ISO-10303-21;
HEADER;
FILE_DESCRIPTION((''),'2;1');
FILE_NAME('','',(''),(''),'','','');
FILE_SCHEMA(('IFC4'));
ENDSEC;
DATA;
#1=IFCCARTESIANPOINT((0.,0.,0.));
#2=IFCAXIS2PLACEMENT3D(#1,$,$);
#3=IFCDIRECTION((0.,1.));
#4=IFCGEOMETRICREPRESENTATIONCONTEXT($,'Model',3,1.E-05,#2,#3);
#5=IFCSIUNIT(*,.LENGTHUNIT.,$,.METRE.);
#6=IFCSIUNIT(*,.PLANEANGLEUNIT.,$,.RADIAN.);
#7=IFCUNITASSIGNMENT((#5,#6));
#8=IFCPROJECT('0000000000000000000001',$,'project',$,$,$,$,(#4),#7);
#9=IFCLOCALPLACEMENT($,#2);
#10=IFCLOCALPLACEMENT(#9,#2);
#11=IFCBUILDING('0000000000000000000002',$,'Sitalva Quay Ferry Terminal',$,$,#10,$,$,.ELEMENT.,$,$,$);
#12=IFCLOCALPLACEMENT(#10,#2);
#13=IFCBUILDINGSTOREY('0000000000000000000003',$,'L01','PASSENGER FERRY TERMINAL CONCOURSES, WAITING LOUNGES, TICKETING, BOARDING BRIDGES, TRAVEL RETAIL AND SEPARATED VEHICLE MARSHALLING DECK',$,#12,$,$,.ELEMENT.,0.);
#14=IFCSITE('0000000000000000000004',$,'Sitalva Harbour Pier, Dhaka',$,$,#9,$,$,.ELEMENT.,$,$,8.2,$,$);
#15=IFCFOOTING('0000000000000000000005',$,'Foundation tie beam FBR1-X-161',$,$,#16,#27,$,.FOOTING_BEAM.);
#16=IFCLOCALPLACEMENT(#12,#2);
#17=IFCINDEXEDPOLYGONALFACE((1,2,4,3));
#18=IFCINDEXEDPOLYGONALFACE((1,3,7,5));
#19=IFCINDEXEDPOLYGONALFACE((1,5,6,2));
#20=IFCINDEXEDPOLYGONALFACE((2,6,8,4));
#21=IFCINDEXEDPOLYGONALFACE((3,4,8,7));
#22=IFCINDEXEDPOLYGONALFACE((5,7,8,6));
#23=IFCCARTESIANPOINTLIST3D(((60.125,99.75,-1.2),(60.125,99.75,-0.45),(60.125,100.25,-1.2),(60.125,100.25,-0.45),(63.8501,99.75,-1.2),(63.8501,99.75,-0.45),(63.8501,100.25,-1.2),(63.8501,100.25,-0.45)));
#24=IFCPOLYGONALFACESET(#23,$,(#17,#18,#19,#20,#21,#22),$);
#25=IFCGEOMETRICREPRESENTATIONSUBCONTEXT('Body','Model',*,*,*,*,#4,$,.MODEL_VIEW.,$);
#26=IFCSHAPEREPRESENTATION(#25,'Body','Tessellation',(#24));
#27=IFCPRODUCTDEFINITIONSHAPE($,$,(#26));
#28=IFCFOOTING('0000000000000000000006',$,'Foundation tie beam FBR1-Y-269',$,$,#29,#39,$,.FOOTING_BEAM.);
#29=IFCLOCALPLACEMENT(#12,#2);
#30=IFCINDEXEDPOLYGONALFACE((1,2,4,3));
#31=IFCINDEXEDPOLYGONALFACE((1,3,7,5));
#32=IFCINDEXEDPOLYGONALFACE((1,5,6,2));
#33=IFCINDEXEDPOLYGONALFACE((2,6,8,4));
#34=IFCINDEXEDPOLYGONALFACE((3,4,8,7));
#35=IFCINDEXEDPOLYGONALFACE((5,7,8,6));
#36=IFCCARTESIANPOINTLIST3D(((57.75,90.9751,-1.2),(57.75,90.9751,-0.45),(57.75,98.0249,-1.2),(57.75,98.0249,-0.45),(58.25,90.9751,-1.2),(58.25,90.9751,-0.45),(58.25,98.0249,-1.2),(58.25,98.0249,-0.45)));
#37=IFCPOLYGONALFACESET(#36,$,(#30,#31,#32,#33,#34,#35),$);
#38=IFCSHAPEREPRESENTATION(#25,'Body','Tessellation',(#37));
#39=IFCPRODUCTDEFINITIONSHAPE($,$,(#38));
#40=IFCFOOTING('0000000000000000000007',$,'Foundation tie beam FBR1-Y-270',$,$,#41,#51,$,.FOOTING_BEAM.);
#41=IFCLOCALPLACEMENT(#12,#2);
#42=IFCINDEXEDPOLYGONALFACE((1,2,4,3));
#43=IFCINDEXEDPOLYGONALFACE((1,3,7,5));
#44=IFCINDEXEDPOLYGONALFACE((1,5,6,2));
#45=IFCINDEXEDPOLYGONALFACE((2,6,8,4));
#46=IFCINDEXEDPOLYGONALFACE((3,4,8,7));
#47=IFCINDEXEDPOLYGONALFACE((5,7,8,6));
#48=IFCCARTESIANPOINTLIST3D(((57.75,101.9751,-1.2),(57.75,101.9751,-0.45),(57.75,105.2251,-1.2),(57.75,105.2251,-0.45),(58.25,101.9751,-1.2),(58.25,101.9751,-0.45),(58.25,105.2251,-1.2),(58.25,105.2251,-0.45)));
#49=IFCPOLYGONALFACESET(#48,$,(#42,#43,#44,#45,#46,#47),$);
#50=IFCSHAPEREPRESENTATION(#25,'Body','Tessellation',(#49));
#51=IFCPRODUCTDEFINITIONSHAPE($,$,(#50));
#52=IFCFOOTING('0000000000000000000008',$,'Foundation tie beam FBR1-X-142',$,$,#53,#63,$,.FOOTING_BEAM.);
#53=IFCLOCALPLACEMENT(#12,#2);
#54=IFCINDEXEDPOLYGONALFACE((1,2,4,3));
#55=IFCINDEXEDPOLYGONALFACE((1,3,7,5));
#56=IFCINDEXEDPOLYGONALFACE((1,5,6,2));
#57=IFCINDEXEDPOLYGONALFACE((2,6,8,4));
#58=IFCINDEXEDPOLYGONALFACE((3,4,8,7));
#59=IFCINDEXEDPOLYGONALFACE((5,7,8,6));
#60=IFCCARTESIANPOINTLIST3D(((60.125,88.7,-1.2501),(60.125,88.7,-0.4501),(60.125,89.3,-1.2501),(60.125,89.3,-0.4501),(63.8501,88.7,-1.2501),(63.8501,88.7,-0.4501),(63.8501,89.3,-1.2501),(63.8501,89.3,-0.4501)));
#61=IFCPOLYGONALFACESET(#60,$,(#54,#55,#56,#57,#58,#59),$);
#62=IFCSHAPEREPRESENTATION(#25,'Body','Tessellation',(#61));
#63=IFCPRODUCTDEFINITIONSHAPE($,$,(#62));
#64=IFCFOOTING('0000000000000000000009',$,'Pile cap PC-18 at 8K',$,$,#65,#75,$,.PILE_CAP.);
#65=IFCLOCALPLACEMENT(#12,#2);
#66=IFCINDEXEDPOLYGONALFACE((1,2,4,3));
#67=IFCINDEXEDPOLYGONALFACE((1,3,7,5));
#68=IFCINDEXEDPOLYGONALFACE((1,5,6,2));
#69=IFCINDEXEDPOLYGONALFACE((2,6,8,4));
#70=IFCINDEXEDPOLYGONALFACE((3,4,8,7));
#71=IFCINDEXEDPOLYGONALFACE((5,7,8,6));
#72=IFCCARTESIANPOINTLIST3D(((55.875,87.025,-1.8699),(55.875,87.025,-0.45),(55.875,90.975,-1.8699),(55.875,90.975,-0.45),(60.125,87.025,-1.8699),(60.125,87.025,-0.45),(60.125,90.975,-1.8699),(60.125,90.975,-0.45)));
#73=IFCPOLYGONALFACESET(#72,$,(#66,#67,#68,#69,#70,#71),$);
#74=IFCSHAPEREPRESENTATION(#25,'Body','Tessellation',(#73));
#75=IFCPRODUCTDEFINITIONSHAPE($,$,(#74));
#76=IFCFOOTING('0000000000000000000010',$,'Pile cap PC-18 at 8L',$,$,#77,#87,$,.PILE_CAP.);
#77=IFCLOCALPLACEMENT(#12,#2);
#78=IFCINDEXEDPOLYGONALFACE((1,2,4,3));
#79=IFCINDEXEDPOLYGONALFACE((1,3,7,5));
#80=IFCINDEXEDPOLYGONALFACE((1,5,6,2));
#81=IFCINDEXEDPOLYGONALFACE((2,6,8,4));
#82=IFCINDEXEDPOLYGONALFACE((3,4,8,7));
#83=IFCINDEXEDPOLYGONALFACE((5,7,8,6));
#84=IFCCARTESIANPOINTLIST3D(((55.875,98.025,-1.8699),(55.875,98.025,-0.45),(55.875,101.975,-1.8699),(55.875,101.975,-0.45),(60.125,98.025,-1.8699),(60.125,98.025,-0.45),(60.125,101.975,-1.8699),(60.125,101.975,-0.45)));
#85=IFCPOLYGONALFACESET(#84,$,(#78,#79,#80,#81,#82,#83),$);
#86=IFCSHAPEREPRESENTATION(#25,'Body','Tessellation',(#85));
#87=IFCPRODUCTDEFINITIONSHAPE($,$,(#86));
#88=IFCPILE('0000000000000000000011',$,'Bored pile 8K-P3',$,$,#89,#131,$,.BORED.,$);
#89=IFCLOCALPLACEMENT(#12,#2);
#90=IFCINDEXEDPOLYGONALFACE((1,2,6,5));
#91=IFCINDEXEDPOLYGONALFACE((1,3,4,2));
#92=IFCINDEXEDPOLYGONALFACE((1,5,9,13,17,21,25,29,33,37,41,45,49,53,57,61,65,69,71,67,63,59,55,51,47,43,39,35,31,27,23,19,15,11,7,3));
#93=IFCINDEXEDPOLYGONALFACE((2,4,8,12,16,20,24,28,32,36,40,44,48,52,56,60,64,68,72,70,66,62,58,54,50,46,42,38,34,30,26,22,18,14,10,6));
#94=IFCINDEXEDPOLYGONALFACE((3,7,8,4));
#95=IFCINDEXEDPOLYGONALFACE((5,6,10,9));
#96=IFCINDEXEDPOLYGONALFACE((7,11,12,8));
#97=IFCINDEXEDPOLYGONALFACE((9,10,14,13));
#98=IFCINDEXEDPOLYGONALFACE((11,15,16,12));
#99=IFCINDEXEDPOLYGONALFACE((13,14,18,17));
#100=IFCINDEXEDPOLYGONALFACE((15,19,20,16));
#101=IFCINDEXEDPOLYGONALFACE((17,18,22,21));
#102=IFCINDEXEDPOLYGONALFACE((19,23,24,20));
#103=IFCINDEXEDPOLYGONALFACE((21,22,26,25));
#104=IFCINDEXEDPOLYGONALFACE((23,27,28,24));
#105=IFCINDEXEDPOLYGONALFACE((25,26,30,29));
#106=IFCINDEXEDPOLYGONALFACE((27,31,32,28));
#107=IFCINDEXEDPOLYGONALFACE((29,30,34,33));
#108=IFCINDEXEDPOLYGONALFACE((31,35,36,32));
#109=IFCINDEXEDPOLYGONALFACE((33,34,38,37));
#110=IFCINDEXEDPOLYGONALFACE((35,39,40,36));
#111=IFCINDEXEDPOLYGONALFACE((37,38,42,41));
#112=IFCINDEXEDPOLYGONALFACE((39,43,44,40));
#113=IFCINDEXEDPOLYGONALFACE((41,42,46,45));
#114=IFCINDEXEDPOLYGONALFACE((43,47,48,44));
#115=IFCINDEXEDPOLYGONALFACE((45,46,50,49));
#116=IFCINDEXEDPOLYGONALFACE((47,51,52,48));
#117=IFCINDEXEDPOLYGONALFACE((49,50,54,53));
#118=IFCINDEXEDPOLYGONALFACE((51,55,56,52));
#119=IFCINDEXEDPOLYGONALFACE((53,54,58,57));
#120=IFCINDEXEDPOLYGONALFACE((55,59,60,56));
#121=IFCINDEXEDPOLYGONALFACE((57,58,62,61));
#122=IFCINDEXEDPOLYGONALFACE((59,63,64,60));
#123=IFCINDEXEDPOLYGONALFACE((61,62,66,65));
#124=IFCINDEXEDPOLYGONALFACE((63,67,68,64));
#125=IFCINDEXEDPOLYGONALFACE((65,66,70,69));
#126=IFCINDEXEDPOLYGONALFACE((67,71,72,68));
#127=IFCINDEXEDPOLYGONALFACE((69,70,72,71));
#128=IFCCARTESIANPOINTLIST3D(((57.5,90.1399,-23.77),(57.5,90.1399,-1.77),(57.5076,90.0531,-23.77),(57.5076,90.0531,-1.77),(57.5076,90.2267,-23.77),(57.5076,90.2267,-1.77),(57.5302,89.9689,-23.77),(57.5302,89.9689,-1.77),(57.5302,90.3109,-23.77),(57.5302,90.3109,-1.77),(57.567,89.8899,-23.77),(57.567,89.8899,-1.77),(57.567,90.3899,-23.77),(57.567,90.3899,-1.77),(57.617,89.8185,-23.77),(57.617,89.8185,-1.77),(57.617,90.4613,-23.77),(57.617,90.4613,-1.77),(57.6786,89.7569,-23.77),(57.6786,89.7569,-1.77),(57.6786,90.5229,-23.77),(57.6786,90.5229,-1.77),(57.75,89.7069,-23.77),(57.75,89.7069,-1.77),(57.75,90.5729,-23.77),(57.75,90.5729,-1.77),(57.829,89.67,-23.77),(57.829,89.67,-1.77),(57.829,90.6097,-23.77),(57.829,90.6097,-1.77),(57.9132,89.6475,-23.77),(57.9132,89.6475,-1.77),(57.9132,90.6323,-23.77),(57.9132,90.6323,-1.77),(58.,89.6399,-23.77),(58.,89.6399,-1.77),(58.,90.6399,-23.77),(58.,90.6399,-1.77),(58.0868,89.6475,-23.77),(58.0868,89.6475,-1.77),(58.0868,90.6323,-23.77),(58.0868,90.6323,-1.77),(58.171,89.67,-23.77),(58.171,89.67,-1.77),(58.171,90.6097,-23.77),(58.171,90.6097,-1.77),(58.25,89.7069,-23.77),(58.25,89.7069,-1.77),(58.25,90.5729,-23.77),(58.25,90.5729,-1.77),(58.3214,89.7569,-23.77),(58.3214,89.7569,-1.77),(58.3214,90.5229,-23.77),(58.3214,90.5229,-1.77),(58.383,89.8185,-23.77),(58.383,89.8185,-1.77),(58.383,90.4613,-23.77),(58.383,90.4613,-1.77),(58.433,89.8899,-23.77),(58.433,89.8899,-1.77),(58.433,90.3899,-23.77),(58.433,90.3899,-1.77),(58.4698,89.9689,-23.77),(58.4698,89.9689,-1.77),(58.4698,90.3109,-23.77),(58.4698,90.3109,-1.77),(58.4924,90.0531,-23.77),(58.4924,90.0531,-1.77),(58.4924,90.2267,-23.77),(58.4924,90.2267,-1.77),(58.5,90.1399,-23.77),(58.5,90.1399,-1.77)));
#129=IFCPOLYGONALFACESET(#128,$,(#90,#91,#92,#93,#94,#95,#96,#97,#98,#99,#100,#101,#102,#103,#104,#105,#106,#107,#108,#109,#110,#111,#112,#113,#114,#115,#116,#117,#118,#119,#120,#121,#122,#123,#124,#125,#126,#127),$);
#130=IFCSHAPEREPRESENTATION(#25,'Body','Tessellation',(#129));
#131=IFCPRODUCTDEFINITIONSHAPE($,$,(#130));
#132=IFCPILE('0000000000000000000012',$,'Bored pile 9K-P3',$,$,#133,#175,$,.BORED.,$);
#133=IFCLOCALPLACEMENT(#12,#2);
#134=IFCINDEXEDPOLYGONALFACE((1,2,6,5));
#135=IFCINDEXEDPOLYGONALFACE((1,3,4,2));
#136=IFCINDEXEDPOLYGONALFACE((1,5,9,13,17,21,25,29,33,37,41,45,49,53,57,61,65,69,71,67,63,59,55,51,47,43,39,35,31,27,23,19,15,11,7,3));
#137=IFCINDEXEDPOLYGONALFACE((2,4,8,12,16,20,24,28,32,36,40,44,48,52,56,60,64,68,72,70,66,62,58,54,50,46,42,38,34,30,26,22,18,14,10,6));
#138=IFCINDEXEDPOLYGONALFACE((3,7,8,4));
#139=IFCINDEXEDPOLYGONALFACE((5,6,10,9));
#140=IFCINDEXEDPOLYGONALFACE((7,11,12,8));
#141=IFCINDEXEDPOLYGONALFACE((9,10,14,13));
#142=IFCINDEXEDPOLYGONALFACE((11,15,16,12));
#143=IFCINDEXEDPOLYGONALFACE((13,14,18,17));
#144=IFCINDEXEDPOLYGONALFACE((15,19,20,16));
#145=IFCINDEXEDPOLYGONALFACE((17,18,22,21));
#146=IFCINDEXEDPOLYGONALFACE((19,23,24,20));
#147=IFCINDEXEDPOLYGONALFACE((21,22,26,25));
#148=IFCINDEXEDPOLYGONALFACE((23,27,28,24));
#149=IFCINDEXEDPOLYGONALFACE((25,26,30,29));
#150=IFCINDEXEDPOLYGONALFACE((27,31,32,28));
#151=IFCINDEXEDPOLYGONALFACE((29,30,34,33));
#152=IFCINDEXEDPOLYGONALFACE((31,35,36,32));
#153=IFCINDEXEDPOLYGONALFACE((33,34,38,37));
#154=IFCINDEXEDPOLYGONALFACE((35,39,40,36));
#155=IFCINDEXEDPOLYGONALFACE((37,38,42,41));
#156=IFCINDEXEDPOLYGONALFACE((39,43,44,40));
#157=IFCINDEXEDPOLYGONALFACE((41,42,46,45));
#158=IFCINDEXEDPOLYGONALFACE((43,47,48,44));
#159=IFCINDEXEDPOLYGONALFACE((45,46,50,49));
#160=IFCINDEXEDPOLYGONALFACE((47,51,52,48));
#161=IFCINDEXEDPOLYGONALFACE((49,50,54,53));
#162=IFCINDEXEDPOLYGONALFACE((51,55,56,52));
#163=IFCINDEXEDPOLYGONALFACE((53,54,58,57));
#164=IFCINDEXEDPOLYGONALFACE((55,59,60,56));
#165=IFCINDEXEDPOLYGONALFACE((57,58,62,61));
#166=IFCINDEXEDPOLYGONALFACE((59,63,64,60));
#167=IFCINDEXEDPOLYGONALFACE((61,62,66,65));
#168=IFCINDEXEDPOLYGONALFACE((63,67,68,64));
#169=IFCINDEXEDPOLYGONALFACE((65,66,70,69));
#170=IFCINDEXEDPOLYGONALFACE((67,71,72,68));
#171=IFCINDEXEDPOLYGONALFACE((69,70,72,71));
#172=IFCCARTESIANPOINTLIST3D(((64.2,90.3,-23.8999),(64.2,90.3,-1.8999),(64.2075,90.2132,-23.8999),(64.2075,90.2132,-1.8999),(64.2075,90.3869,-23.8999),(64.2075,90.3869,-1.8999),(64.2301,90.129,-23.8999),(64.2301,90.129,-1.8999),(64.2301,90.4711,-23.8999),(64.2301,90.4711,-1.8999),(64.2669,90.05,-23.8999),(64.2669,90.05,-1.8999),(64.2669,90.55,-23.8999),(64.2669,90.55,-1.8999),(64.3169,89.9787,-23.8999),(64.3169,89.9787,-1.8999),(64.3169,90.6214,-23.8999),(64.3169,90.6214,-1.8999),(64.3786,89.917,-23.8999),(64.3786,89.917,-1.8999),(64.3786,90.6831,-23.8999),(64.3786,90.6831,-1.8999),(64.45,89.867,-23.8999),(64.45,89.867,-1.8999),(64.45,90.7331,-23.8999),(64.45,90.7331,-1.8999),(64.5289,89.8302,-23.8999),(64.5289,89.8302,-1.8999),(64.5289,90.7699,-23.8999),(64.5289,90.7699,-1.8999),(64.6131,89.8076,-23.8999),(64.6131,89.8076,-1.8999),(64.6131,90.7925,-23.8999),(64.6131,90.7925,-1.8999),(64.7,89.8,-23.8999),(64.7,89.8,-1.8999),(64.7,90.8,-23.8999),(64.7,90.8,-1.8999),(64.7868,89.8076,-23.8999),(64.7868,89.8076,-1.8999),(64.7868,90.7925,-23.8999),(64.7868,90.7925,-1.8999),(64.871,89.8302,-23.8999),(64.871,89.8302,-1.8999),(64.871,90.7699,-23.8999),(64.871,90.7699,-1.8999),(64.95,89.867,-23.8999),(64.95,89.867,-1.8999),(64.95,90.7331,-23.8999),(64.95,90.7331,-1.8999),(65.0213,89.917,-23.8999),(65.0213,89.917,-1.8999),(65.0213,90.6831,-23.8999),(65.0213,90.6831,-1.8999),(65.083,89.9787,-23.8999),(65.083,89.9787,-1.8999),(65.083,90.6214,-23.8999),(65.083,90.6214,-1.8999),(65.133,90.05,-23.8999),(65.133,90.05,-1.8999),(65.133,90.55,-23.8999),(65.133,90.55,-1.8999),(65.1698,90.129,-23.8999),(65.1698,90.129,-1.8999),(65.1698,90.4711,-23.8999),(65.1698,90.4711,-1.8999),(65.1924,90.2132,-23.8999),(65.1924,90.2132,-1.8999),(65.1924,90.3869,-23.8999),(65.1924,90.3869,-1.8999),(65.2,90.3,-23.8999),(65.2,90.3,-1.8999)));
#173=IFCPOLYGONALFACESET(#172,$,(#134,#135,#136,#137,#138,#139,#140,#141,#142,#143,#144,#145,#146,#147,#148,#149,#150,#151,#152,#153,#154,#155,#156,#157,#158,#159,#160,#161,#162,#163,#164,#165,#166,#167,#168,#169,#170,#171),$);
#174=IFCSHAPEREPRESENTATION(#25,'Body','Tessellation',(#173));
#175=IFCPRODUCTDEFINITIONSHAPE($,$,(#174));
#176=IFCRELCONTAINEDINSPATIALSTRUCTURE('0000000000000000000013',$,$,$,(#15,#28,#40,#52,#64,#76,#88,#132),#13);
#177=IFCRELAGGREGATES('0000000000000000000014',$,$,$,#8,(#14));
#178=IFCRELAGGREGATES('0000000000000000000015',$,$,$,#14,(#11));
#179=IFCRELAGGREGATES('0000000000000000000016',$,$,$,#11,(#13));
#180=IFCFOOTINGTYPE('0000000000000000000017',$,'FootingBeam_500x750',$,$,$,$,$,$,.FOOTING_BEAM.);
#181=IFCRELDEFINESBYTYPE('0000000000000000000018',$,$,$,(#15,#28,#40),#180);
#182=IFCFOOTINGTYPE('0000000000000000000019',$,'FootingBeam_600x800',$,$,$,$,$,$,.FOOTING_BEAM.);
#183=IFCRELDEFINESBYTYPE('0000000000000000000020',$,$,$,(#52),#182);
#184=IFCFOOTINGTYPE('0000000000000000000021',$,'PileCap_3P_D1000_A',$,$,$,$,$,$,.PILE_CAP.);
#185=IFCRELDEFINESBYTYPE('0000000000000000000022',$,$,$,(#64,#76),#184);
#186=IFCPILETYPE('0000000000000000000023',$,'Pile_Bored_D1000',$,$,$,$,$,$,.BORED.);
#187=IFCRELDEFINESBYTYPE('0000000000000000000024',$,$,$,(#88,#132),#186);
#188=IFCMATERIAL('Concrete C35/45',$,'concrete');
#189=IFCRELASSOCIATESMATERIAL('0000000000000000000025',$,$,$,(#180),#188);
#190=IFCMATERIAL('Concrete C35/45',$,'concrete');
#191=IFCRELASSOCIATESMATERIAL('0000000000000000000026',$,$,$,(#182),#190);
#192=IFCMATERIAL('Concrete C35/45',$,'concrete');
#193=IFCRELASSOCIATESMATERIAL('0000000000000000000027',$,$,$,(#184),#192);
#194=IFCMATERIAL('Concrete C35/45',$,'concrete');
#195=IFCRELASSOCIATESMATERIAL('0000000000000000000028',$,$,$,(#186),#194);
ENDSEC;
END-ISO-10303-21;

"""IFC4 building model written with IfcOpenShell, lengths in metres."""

from ifc_helpers import new_model, si_unit, direction, frame, origin, origin_2d, place, context, subcontext, project, spatial, rectangle, circle, extrude, material, material_profile, profile_set, type_object, element, save


model = new_model("IFC4")

# Units and contexts
model_context = context("Model", 3, precision=1e-05, world=origin(), true_north=direction((0.0, 1.0)))
body_context = subcontext(model_context, "Body", "Model", "MODEL_VIEW")
ifc_project = project(units=[si_unit("LENGTHUNIT", "METRE"), si_unit("PLANEANGLEUNIT", "RADIAN")], contexts=[model_context])

# Site, building, storey
site_placement = place(None, origin())
site = spatial("IfcSite", under=ifc_project, at=site_placement, Name="Sitalva Harbour Pier, Dhaka", CompositionType="ELEMENT", RefElevation=8.2)
building_placement = place(site_placement, origin())
building = spatial("IfcBuilding", under=site, at=building_placement, Name="Sitalva Quay Ferry Terminal", CompositionType="ELEMENT")
storey_placement = place(building_placement, origin())
storey = spatial("IfcBuildingStorey", under=building, at=storey_placement, Name="L01", Description="PASSENGER FERRY TERMINAL CONCOURSES, WAITING LOUNGES, TICKETING, BOARDING BRIDGES, TRAVEL RETAIL AND SEPARATED VEHICLE MARSHALLING DECK", CompositionType="ELEMENT", Elevation=0.0)

# Footings
ifc_material_1 = material(Name="Concrete C35/45", Category="concrete")
ifc_material_profile_1 = material_profile(ifc_material_1, rectangle(XDim=0.5, YDim=0.75, at=origin_2d()), Name="RC500x750")
ifc_profile_set_1 = profile_set([ifc_material_profile_1], Name="Concrete C35/45")
footing_type_1 = type_object("IfcFootingType", Name="FootingBeam_500x750", PredefinedType="FOOTING_BEAM", material=ifc_profile_set_1)
footing_1_placement = place(storey_placement, frame((60.125, 100.0, -0.825), z_axis=(1.0, 0.0, 0.0), x_axis=(0.0, 1.0, 0.0)))
element("IfcFooting", 1, at=footing_1_placement, inside=storey, type_object=footing_type_1, Name="Foundation tie beam FBR1-X-161", PredefinedType="FOOTING_BEAM", context=body_context, shape_type="SweptSolid", body=[
    extrude(rectangle(XDim=0.5, YDim=0.75, at=origin_2d()), origin(), (0.0, 0.0, 1.0), 3.7251),
])
footing_2_placement = place(storey_placement, frame((58.0, 90.9751, -0.825), z_axis=(0.0, 1.0, 0.0), x_axis=(-1.0, 0.0, 0.0)))
element("IfcFooting", 2, at=footing_2_placement, inside=storey, type_object=footing_type_1, Name="Foundation tie beam FBR1-Y-269", PredefinedType="FOOTING_BEAM", context=body_context, shape_type="SweptSolid", body=[
    extrude(rectangle(XDim=0.5, YDim=0.75, at=origin_2d()), origin(), (0.0, 0.0, 1.0), 7.0498),
])
footing_3_placement = place(storey_placement, frame((58.0, 101.9751, -0.825), z_axis=(0.0, 1.0, 0.0), x_axis=(-1.0, 0.0, 0.0)))
element("IfcFooting", 3, at=footing_3_placement, inside=storey, type_object=footing_type_1, Name="Foundation tie beam FBR1-Y-270", PredefinedType="FOOTING_BEAM", context=body_context, shape_type="SweptSolid", body=[
    extrude(rectangle(XDim=0.5, YDim=0.75, at=origin_2d()), origin(), (0.0, 0.0, 1.0), 3.25),
])
ifc_material_2 = material(Name="Concrete C35/45", Category="concrete")
ifc_material_profile_2 = material_profile(ifc_material_2, rectangle(XDim=0.6001, YDim=0.8, at=origin_2d()), Name="RC600x800")
ifc_profile_set_2 = profile_set([ifc_material_profile_2], Name="Concrete C35/45")
footing_type_2 = type_object("IfcFootingType", Name="FootingBeam_600x800", PredefinedType="FOOTING_BEAM", material=ifc_profile_set_2)
footing_4_placement = place(storey_placement, frame((60.125, 89.0, -0.8501), z_axis=(1.0, 0.0, 0.0), x_axis=(0.0, 1.0, 0.0)))
element("IfcFooting", 4, at=footing_4_placement, inside=storey, type_object=footing_type_2, Name="Foundation tie beam FBR1-X-142", PredefinedType="FOOTING_BEAM", context=body_context, shape_type="SweptSolid", body=[
    extrude(rectangle(XDim=0.6001, YDim=0.8, at=origin_2d()), origin(), (0.0, 0.0, 1.0), 3.7251),
])
ifc_material_3 = material(Name="Concrete C35/45", Category="concrete")
footing_type_3 = type_object("IfcFootingType", Name="PileCap_3P_D1000_A", PredefinedType="PILE_CAP", material=ifc_material_3)
for number, where, z_axis, x_axis, name in (
    (5, (58.0, 89.0, -1.8699), (0.0, 0.0, 1.0), (1.0, 0.0, 0.0), "Pile cap PC-18 at 8K"),
    (6, (58.0, 100.0, -1.8699), (0.0, 0.0, 1.0), (1.0, 0.0, 0.0), "Pile cap PC-18 at 8L"),
):
    element("IfcFooting", number, at=place(storey_placement, frame(where, z_axis=z_axis, x_axis=x_axis)), inside=storey, type_object=footing_type_3, Name=name, PredefinedType="PILE_CAP", context=body_context, shape_type="SweptSolid", body=[
        extrude(rectangle(XDim=4.25, YDim=3.95, at=origin_2d()), origin(), (0.0, 0.0, 1.0), 1.4199),
    ])

# Piles
ifc_material_4 = material(Name="Concrete C35/45", Category="concrete")
ifc_material_profile_3 = material_profile(ifc_material_4, circle(Radius=0.5, at=origin_2d()), Name="PILE-D1000")
ifc_profile_set_3 = profile_set([ifc_material_profile_3], Name="Concrete C35/45")
pile_type = type_object("IfcPileType", Name="Pile_Bored_D1000", PredefinedType="BORED", material=ifc_profile_set_3)
for number, where, z_axis, x_axis, name in (
    (7, (58.0, 90.1399, -1.77), (0.0, 0.0, -1.0), (1.0, 0.0, 0.0), "Bored pile 8K-P3"),
    (8, (64.7, 90.3, -1.8999), (0.0, 0.0, -1.0), (1.0, 0.0, 0.0), "Bored pile 9K-P3"),
):
    element("IfcPile", number, at=place(storey_placement, frame(where, z_axis=z_axis, x_axis=x_axis)), inside=storey, type_object=pile_type, Name=name, PredefinedType="BORED", context=body_context, shape_type="SweptSolid", body=[
        extrude(circle(Radius=0.5, at=origin_2d()), origin(), (0.0, 0.0, 1.0), 22.0),
    ])

save(model, "model.ifc")
